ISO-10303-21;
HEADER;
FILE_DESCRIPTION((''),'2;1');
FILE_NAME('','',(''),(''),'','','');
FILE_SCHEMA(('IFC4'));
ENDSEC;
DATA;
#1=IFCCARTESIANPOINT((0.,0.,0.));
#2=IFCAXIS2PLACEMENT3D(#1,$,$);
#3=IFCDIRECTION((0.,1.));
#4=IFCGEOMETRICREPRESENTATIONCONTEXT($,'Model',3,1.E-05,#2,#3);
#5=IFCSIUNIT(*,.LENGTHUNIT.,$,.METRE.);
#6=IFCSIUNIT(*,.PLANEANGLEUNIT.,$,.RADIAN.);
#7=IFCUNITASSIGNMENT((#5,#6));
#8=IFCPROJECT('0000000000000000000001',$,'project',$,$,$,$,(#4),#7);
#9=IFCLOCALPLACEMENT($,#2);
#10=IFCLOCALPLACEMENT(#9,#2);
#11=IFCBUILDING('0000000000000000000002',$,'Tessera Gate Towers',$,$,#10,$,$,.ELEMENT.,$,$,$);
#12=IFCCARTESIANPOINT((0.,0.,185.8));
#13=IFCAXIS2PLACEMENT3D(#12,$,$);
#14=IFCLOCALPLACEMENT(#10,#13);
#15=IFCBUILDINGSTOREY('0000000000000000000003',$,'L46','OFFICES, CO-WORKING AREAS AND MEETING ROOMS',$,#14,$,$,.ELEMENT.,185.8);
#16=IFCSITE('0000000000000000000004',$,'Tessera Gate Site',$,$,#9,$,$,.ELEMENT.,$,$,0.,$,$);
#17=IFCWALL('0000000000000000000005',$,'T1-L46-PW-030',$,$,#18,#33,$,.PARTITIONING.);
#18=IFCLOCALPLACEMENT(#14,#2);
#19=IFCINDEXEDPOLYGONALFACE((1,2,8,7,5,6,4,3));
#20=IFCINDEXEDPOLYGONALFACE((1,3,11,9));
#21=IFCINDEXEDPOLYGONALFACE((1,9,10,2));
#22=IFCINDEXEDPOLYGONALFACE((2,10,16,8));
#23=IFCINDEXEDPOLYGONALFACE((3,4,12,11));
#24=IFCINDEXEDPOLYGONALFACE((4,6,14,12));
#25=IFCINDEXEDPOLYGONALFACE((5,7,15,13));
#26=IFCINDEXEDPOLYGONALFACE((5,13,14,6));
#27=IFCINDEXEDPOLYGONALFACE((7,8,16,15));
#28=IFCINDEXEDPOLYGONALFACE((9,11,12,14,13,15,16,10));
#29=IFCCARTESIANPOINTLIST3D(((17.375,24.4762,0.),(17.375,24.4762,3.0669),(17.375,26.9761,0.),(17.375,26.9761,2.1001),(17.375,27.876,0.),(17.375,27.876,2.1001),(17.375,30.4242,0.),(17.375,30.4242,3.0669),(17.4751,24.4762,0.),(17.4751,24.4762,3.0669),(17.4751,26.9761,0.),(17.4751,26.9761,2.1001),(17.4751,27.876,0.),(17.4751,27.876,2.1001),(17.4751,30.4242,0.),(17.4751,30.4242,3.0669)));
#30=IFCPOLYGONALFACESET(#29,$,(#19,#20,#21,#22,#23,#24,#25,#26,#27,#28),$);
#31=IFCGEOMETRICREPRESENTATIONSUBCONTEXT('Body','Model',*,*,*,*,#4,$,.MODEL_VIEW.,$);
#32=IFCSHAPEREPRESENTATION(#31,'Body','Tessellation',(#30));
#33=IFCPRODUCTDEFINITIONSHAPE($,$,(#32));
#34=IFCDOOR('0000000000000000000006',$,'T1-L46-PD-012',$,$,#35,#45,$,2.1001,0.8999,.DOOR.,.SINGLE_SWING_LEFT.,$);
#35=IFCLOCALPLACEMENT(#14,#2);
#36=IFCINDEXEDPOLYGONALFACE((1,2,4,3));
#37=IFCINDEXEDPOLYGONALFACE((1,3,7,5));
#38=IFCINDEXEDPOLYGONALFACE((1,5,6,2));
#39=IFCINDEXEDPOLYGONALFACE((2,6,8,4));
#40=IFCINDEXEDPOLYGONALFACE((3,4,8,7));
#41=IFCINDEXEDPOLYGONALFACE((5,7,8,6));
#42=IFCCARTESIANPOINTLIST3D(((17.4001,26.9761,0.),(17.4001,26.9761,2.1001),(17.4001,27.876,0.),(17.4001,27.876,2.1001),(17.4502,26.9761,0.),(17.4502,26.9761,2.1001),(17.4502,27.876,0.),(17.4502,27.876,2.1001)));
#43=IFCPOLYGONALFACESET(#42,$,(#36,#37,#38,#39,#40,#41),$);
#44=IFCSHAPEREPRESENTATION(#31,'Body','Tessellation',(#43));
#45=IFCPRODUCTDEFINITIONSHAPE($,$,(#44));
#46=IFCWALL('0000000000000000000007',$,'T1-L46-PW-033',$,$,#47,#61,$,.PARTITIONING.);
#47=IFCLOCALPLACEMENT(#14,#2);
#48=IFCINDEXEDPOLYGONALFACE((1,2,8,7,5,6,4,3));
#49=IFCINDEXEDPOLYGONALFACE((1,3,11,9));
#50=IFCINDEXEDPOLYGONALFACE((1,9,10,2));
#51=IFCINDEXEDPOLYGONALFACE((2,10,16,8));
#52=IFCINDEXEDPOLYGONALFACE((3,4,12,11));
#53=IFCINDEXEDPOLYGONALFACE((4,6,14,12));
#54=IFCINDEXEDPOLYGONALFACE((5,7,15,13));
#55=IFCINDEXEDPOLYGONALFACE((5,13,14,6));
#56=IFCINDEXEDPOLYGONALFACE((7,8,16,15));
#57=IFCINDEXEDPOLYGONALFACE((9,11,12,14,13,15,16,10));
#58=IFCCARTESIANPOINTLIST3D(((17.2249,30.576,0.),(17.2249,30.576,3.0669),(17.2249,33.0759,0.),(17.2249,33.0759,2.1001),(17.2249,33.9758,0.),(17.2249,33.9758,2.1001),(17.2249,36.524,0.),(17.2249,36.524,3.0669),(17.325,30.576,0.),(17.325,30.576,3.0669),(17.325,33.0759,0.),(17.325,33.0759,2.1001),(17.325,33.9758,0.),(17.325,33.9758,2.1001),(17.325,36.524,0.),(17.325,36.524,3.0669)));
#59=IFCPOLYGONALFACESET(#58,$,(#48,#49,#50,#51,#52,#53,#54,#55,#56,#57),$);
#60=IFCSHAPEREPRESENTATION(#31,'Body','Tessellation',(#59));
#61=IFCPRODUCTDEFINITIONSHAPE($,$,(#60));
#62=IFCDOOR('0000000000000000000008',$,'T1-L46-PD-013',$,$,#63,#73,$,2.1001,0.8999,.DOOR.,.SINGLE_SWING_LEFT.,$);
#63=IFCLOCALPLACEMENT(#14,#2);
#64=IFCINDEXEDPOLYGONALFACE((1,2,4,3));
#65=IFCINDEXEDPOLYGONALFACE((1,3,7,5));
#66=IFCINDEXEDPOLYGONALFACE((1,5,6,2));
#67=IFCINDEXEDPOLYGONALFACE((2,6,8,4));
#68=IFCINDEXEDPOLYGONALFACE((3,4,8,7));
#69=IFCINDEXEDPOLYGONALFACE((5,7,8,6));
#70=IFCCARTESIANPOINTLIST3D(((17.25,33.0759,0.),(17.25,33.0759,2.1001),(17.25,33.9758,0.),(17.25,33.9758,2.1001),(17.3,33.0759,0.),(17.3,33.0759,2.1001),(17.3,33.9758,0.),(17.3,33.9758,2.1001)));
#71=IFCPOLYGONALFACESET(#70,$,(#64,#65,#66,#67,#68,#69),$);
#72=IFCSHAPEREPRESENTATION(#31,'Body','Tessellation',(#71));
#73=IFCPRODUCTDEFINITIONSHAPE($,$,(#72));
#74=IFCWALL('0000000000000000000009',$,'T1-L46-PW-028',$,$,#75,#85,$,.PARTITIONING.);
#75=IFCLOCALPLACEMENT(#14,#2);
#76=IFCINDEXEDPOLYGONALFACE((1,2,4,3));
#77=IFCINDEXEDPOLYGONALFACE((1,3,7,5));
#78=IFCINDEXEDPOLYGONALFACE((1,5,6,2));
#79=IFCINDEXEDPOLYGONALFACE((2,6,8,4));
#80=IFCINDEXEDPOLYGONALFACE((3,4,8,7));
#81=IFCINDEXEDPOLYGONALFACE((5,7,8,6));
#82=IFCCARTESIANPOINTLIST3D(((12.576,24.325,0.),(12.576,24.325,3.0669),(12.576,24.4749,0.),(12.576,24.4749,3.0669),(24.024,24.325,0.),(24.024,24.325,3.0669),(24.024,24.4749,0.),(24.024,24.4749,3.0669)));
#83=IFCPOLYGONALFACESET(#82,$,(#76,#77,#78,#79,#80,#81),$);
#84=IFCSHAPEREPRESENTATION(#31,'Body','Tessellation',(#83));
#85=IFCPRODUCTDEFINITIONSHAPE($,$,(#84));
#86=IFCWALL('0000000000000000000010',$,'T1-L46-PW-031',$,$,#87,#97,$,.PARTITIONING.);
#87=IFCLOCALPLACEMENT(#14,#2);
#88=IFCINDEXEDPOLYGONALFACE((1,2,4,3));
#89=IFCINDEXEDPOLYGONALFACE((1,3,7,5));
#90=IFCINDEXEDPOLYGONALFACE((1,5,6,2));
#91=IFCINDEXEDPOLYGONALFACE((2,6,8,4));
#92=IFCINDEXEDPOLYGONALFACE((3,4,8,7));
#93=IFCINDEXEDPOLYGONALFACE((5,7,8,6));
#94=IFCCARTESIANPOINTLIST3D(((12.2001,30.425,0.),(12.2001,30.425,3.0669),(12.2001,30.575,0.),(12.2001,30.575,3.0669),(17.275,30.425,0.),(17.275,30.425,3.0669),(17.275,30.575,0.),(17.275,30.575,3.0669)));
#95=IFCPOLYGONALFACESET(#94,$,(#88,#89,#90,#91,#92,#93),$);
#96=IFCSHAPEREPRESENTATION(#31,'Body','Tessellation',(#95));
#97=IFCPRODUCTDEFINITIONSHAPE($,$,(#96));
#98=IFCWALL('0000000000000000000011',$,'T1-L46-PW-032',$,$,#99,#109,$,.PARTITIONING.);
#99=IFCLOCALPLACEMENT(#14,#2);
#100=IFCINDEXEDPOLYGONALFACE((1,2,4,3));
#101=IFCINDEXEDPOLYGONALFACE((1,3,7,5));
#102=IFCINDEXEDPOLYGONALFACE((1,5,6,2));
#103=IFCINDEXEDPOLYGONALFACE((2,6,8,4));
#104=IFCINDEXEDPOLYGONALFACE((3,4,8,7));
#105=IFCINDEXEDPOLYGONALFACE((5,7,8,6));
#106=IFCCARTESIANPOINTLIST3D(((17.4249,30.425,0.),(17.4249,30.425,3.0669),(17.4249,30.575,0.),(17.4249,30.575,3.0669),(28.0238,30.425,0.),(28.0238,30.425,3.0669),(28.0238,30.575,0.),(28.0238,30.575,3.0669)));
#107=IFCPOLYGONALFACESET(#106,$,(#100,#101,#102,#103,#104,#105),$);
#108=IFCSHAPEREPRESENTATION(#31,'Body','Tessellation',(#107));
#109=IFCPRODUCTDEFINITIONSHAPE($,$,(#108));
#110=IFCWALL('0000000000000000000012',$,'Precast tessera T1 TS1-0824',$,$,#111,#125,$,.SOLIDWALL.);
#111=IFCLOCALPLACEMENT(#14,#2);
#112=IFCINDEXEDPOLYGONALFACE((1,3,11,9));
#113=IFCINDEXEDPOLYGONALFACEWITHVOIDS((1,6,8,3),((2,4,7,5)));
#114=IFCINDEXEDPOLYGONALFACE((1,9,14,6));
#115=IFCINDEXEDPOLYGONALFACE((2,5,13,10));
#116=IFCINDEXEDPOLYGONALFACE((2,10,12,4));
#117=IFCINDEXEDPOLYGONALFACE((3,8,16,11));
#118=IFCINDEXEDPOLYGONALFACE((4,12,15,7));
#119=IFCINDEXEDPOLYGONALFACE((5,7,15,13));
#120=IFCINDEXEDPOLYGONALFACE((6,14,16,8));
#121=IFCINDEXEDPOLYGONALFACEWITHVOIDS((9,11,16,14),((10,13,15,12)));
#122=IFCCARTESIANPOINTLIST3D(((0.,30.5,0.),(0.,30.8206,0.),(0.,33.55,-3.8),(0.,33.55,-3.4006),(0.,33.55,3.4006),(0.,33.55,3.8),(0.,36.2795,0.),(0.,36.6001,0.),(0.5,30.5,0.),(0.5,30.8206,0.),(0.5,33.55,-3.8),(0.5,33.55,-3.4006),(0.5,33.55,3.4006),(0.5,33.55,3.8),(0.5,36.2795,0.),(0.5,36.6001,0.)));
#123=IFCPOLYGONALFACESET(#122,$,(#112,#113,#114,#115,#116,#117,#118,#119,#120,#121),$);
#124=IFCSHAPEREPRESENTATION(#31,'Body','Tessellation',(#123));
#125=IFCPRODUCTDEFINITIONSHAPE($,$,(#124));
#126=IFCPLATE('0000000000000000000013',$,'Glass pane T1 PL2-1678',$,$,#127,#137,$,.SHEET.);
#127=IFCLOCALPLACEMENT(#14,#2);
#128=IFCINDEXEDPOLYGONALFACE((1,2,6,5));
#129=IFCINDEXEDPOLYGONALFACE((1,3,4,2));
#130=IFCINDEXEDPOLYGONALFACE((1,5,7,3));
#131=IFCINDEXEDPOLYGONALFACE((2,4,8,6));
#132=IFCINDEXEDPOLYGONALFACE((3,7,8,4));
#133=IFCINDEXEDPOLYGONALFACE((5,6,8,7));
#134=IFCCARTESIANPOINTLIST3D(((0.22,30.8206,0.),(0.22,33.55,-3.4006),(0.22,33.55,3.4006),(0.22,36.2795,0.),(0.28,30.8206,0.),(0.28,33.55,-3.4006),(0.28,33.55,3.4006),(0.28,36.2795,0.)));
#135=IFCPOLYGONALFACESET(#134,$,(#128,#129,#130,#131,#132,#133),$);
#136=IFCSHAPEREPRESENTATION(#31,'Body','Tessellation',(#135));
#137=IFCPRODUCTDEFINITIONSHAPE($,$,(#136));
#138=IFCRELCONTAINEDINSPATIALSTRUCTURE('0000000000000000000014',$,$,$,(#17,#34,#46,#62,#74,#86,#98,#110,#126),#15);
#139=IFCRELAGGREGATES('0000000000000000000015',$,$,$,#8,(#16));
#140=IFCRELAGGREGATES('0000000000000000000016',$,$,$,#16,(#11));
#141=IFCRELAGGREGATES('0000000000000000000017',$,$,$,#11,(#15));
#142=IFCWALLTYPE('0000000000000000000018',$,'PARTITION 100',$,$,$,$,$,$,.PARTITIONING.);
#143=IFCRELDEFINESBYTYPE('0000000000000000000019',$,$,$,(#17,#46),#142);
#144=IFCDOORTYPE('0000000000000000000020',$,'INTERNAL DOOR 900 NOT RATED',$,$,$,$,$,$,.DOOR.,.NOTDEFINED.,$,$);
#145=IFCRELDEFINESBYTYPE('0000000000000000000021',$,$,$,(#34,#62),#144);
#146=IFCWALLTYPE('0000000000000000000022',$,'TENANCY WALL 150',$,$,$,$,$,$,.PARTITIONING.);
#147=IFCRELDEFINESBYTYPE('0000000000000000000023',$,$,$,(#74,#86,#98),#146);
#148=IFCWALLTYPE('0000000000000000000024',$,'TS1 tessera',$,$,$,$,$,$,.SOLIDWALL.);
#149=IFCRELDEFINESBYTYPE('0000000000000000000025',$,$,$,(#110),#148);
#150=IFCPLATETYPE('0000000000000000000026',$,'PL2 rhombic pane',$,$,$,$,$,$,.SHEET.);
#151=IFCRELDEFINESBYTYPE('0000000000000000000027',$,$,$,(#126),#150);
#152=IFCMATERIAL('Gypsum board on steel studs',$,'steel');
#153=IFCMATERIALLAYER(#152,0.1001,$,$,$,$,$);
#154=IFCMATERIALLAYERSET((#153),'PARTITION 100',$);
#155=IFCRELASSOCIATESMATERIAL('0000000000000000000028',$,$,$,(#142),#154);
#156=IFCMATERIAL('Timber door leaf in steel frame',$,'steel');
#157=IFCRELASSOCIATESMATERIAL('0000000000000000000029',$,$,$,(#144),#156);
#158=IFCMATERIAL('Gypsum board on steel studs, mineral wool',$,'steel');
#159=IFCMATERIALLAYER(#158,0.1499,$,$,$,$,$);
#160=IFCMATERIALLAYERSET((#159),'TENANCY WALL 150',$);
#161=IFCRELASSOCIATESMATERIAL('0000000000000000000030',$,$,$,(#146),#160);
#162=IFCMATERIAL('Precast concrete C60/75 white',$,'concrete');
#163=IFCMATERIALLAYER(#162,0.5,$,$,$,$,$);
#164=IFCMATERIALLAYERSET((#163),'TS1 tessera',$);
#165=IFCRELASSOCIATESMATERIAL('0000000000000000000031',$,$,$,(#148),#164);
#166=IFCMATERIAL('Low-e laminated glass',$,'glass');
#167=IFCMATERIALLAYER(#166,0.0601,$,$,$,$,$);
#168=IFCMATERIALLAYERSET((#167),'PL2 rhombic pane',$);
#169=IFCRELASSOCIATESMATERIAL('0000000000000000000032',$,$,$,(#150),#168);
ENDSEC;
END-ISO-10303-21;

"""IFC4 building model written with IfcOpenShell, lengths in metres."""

from ifc_helpers import new_model, si_unit, direction, frame, frame_2d, origin, place, context, subcontext, project, spatial, polyline, rectangle, outline, extrude, source, transform, mapped, material, layer, layer_set, type_object, element, fill, save


model = new_model("IFC4")

# Units and contexts
model_context = context("Model", 3, precision=1e-05, world=origin(), true_north=direction((0.0, 1.0)))
body_context = subcontext(model_context, "Body", "Model", "MODEL_VIEW")
ifc_project = project(units=[si_unit("LENGTHUNIT", "METRE"), si_unit("PLANEANGLEUNIT", "RADIAN")], contexts=[model_context])

# Site, building, storey
site_placement = place(None, origin())
site = spatial("IfcSite", under=ifc_project, at=site_placement, Name="Tessera Gate Site", CompositionType="ELEMENT", RefElevation=0.0)
building_placement = place(site_placement, origin())
building = spatial("IfcBuilding", under=site, at=building_placement, Name="Tessera Gate Towers", CompositionType="ELEMENT")
storey_placement = place(building_placement, frame((0.0, 0.0, 185.8)))
storey = spatial("IfcBuildingStorey", under=building, at=storey_placement, Name="L46", Description="OFFICES, CO-WORKING AREAS AND MEETING ROOMS", CompositionType="ELEMENT", Elevation=185.8)

# Walls, openings, doors
shared_shape_1 = source(origin(), body_context, "Body", "SweptSolid", [
    extrude(rectangle(XDim=0.8999, YDim=2.1001, at=frame_2d((0.45, 1.05))), frame((0.0, 0.0601, 0.0), z_axis=(0.0, -1.0, 0.0), x_axis=(1.0, 0.0, 0.0)), (0.0, 0.0, 1.0), 0.1201),
])
shared_shape_2 = source(origin(), body_context, "Body", "SweptSolid", [
    extrude(rectangle(XDim=0.8999, YDim=2.1001, at=frame_2d((0.45, 1.05))), frame((0.0, 0.0249, 0.0), z_axis=(0.0, -1.0, 0.0), x_axis=(1.0, 0.0, 0.0)), (0.0, 0.0, 1.0), 0.05),
])
ifc_material_1 = material(Name="Gypsum board on steel studs", Category="steel")
ifc_layer_1 = layer(ifc_material_1, 0.1001)
ifc_layer_set_1 = layer_set([ifc_layer_1], Name="PARTITION 100")
wall_type_1 = type_object("IfcWallType", Name="PARTITION 100", PredefinedType="PARTITIONING", material=ifc_layer_set_1)
wall_1_placement = place(storey_placement, frame((17.425, 24.4761, 0.0), z_axis=(0.0, 0.0, 1.0), x_axis=(0.0, 1.0, 0.0)))
wall_1 = element("IfcWall", 1, at=wall_1_placement, inside=storey, type_object=wall_type_1, Name="T1-L46-PW-030", PredefinedType="PARTITIONING", context=body_context, shape_type="SweptSolid", body=[
    extrude(rectangle(XDim=5.948, YDim=0.1001, at=frame_2d((2.9741, 0.0))), origin(), (0.0, 0.0, 1.0), 3.0669),
])
opening_1_placement = place(wall_1_placement, frame((2.5, 0.0, 0.0)))
opening_1 = element("IfcOpeningElement", 2, at=opening_1_placement, cuts=wall_1, PredefinedType="OPENING", context=body_context, shape_type="MappedRepresentation", body=[
    mapped(shared_shape_1, transform((0.0, 0.0, 0.0), scale=1.0)),
])
ifc_material_2 = material(Name="Timber door leaf in steel frame", Category="steel")
door_type_1 = type_object("IfcDoorType", Name="INTERNAL DOOR 900 NOT RATED", OperationType="NOTDEFINED", PredefinedType="DOOR", material=ifc_material_2)
door_1_placement = place(opening_1_placement, origin())
door_1 = element("IfcDoor", 3, at=door_1_placement, inside=storey, type_object=door_type_1, Name="T1-L46-PD-012", OperationType="SINGLE_SWING_LEFT", OverallHeight=2.1001, OverallWidth=0.8999, PredefinedType="DOOR", context=body_context, shape_type="MappedRepresentation", body=[
    mapped(shared_shape_2, transform((0.0, 0.0, 0.0), scale=1.0)),
])
fill(opening_1, door_1)
wall_2_placement = place(storey_placement, frame((17.2749, 30.5759, 0.0), z_axis=(0.0, 0.0, 1.0), x_axis=(0.0, 1.0, 0.0)))
wall_2 = element("IfcWall", 4, at=wall_2_placement, inside=storey, type_object=wall_type_1, Name="T1-L46-PW-033", PredefinedType="PARTITIONING", context=body_context, shape_type="SweptSolid", body=[
    extrude(rectangle(XDim=5.948, YDim=0.1001, at=frame_2d((2.9741, 0.0))), origin(), (0.0, 0.0, 1.0), 3.0669),
])
opening_2_placement = place(wall_2_placement, frame((2.5, 0.0, 0.0)))
opening_2 = element("IfcOpeningElement", 5, at=opening_2_placement, cuts=wall_2, PredefinedType="OPENING", context=body_context, shape_type="MappedRepresentation", body=[
    mapped(shared_shape_1, transform((0.0, 0.0, 0.0), scale=1.0)),
])
door_2_placement = place(opening_2_placement, origin())
door_2 = element("IfcDoor", 6, at=door_2_placement, inside=storey, type_object=door_type_1, Name="T1-L46-PD-013", OperationType="SINGLE_SWING_LEFT", OverallHeight=2.1001, OverallWidth=0.8999, PredefinedType="DOOR", context=body_context, shape_type="MappedRepresentation", body=[
    mapped(shared_shape_2, transform((0.0, 0.0, 0.0), scale=1.0)),
])
fill(opening_2, door_2)

# Walls
ifc_material_3 = material(Name="Gypsum board on steel studs, mineral wool", Category="steel")
ifc_layer_2 = layer(ifc_material_3, 0.1499)
ifc_layer_set_2 = layer_set([ifc_layer_2], Name="TENANCY WALL 150")
wall_type_2 = type_object("IfcWallType", Name="TENANCY WALL 150", PredefinedType="PARTITIONING", material=ifc_layer_set_2)
wall_3_placement = place(storey_placement, frame((12.5759, 24.3999, 0.0), z_axis=(0.0, 0.0, 1.0), x_axis=(1.0, 0.0, 0.0)))
element("IfcWall", 7, at=wall_3_placement, inside=storey, type_object=wall_type_2, Name="T1-L46-PW-028", PredefinedType="PARTITIONING", context=body_context, shape_type="SweptSolid", body=[
    extrude(rectangle(XDim=11.448, YDim=0.1499, at=frame_2d((5.7241, 0.0))), origin(), (0.0, 0.0, 1.0), 3.0669),
])
wall_4_placement = place(storey_placement, frame((12.2, 30.5, 0.0), z_axis=(0.0, 0.0, 1.0), x_axis=(1.0, 0.0, 0.0)))
element("IfcWall", 8, at=wall_4_placement, inside=storey, type_object=wall_type_2, Name="T1-L46-PW-031", PredefinedType="PARTITIONING", context=body_context, shape_type="SweptSolid", body=[
    extrude(rectangle(XDim=5.075, YDim=0.1499, at=frame_2d((2.5376, 0.0))), origin(), (0.0, 0.0, 1.0), 3.0669),
])
wall_5_placement = place(storey_placement, frame((17.425, 30.5, 0.0), z_axis=(0.0, 0.0, 1.0), x_axis=(1.0, 0.0, 0.0)))
element("IfcWall", 9, at=wall_5_placement, inside=storey, type_object=wall_type_2, Name="T1-L46-PW-032", PredefinedType="PARTITIONING", context=body_context, shape_type="SweptSolid", body=[
    extrude(rectangle(XDim=10.5989, YDim=0.1499, at=frame_2d((5.2993, 0.0))), origin(), (0.0, 0.0, 1.0), 3.0669),
])

# Wall, opening, plate
ifc_material_4 = material(Name="Precast concrete C60/75 white", Category="concrete")
ifc_layer_3 = layer(ifc_material_4, 0.5)
ifc_layer_set_3 = layer_set([ifc_layer_3], Name="TS1 tessera")
wall_type_3 = type_object("IfcWallType", Name="TS1 tessera", PredefinedType="SOLIDWALL", material=ifc_layer_set_3)
shared_shape_3 = source(origin(), body_context, "Body", "SweptSolid", [
    extrude(outline(polyline([(3.05, 0.0), (6.1001, 3.8), (3.05, 7.6001), (0.0, 3.8), (3.05, 0.0)])), frame((0.0, 0.25, 0.0), z_axis=(0.0, -1.0, 0.0), x_axis=(1.0, 0.0, 0.0)), (0.0, 0.0, 1.0), 0.5),
])
wall_6_placement = place(storey_placement, frame((0.25, 36.6001, -3.8), z_axis=(0.0, 0.0, 1.0), x_axis=(0.0, -1.0, 0.0)))
wall_6 = element("IfcWall", 10, at=wall_6_placement, inside=storey, type_object=wall_type_3, Name="Precast tessera T1 TS1-0824", PredefinedType="SOLIDWALL", context=body_context, shape_type="MappedRepresentation", body=[
    mapped(shared_shape_3, transform((0.0, 0.0, 0.0), scale=1.0)),
])
shared_shape_4 = source(origin(), body_context, "Body", "SweptSolid", [
    extrude(outline(polyline([(3.05, 0.3994), (5.7795, 3.8), (3.05, 7.2007), (0.3206, 3.8), (3.05, 0.3994)])), frame((0.0, 0.26, 0.0), z_axis=(0.0, -1.0, 0.0), x_axis=(1.0, 0.0, 0.0)), (0.0, 0.0, 1.0), 0.52),
])
opening_3_placement = place(wall_6_placement, origin())
opening_3 = element("IfcOpeningElement", 11, at=opening_3_placement, cuts=wall_6, PredefinedType="OPENING", context=body_context, shape_type="MappedRepresentation", body=[
    mapped(shared_shape_4, transform((0.0, 0.0, 0.0), scale=1.0)),
])
ifc_material_5 = material(Name="Low-e laminated glass", Category="glass")
ifc_layer_4 = layer(ifc_material_5, 0.0601)
ifc_layer_set_4 = layer_set([ifc_layer_4], Name="PL2 rhombic pane")
plate_type = type_object("IfcPlateType", Name="PL2 rhombic pane", PredefinedType="SHEET", material=ifc_layer_set_4)
shared_shape_5 = source(origin(), body_context, "Body", "SweptSolid", [
    extrude(outline(polyline([(3.05, 0.3994), (5.7795, 3.8), (3.05, 7.2007), (0.3206, 3.8), (3.05, 0.3994)])), frame((0.0, 0.03, 0.0), z_axis=(0.0, -1.0, 0.0), x_axis=(1.0, 0.0, 0.0)), (0.0, 0.0, 1.0), 0.0601),
])
plate_placement = place(opening_3_placement, origin())
plate = element("IfcPlate", 12, at=plate_placement, inside=storey, type_object=plate_type, Name="Glass pane T1 PL2-1678", PredefinedType="SHEET", context=body_context, shape_type="MappedRepresentation", body=[
    mapped(shared_shape_5, transform((0.0, 0.0, 0.0), scale=1.0)),
])
fill(opening_3, plate)

save(model, "model.ifc")
